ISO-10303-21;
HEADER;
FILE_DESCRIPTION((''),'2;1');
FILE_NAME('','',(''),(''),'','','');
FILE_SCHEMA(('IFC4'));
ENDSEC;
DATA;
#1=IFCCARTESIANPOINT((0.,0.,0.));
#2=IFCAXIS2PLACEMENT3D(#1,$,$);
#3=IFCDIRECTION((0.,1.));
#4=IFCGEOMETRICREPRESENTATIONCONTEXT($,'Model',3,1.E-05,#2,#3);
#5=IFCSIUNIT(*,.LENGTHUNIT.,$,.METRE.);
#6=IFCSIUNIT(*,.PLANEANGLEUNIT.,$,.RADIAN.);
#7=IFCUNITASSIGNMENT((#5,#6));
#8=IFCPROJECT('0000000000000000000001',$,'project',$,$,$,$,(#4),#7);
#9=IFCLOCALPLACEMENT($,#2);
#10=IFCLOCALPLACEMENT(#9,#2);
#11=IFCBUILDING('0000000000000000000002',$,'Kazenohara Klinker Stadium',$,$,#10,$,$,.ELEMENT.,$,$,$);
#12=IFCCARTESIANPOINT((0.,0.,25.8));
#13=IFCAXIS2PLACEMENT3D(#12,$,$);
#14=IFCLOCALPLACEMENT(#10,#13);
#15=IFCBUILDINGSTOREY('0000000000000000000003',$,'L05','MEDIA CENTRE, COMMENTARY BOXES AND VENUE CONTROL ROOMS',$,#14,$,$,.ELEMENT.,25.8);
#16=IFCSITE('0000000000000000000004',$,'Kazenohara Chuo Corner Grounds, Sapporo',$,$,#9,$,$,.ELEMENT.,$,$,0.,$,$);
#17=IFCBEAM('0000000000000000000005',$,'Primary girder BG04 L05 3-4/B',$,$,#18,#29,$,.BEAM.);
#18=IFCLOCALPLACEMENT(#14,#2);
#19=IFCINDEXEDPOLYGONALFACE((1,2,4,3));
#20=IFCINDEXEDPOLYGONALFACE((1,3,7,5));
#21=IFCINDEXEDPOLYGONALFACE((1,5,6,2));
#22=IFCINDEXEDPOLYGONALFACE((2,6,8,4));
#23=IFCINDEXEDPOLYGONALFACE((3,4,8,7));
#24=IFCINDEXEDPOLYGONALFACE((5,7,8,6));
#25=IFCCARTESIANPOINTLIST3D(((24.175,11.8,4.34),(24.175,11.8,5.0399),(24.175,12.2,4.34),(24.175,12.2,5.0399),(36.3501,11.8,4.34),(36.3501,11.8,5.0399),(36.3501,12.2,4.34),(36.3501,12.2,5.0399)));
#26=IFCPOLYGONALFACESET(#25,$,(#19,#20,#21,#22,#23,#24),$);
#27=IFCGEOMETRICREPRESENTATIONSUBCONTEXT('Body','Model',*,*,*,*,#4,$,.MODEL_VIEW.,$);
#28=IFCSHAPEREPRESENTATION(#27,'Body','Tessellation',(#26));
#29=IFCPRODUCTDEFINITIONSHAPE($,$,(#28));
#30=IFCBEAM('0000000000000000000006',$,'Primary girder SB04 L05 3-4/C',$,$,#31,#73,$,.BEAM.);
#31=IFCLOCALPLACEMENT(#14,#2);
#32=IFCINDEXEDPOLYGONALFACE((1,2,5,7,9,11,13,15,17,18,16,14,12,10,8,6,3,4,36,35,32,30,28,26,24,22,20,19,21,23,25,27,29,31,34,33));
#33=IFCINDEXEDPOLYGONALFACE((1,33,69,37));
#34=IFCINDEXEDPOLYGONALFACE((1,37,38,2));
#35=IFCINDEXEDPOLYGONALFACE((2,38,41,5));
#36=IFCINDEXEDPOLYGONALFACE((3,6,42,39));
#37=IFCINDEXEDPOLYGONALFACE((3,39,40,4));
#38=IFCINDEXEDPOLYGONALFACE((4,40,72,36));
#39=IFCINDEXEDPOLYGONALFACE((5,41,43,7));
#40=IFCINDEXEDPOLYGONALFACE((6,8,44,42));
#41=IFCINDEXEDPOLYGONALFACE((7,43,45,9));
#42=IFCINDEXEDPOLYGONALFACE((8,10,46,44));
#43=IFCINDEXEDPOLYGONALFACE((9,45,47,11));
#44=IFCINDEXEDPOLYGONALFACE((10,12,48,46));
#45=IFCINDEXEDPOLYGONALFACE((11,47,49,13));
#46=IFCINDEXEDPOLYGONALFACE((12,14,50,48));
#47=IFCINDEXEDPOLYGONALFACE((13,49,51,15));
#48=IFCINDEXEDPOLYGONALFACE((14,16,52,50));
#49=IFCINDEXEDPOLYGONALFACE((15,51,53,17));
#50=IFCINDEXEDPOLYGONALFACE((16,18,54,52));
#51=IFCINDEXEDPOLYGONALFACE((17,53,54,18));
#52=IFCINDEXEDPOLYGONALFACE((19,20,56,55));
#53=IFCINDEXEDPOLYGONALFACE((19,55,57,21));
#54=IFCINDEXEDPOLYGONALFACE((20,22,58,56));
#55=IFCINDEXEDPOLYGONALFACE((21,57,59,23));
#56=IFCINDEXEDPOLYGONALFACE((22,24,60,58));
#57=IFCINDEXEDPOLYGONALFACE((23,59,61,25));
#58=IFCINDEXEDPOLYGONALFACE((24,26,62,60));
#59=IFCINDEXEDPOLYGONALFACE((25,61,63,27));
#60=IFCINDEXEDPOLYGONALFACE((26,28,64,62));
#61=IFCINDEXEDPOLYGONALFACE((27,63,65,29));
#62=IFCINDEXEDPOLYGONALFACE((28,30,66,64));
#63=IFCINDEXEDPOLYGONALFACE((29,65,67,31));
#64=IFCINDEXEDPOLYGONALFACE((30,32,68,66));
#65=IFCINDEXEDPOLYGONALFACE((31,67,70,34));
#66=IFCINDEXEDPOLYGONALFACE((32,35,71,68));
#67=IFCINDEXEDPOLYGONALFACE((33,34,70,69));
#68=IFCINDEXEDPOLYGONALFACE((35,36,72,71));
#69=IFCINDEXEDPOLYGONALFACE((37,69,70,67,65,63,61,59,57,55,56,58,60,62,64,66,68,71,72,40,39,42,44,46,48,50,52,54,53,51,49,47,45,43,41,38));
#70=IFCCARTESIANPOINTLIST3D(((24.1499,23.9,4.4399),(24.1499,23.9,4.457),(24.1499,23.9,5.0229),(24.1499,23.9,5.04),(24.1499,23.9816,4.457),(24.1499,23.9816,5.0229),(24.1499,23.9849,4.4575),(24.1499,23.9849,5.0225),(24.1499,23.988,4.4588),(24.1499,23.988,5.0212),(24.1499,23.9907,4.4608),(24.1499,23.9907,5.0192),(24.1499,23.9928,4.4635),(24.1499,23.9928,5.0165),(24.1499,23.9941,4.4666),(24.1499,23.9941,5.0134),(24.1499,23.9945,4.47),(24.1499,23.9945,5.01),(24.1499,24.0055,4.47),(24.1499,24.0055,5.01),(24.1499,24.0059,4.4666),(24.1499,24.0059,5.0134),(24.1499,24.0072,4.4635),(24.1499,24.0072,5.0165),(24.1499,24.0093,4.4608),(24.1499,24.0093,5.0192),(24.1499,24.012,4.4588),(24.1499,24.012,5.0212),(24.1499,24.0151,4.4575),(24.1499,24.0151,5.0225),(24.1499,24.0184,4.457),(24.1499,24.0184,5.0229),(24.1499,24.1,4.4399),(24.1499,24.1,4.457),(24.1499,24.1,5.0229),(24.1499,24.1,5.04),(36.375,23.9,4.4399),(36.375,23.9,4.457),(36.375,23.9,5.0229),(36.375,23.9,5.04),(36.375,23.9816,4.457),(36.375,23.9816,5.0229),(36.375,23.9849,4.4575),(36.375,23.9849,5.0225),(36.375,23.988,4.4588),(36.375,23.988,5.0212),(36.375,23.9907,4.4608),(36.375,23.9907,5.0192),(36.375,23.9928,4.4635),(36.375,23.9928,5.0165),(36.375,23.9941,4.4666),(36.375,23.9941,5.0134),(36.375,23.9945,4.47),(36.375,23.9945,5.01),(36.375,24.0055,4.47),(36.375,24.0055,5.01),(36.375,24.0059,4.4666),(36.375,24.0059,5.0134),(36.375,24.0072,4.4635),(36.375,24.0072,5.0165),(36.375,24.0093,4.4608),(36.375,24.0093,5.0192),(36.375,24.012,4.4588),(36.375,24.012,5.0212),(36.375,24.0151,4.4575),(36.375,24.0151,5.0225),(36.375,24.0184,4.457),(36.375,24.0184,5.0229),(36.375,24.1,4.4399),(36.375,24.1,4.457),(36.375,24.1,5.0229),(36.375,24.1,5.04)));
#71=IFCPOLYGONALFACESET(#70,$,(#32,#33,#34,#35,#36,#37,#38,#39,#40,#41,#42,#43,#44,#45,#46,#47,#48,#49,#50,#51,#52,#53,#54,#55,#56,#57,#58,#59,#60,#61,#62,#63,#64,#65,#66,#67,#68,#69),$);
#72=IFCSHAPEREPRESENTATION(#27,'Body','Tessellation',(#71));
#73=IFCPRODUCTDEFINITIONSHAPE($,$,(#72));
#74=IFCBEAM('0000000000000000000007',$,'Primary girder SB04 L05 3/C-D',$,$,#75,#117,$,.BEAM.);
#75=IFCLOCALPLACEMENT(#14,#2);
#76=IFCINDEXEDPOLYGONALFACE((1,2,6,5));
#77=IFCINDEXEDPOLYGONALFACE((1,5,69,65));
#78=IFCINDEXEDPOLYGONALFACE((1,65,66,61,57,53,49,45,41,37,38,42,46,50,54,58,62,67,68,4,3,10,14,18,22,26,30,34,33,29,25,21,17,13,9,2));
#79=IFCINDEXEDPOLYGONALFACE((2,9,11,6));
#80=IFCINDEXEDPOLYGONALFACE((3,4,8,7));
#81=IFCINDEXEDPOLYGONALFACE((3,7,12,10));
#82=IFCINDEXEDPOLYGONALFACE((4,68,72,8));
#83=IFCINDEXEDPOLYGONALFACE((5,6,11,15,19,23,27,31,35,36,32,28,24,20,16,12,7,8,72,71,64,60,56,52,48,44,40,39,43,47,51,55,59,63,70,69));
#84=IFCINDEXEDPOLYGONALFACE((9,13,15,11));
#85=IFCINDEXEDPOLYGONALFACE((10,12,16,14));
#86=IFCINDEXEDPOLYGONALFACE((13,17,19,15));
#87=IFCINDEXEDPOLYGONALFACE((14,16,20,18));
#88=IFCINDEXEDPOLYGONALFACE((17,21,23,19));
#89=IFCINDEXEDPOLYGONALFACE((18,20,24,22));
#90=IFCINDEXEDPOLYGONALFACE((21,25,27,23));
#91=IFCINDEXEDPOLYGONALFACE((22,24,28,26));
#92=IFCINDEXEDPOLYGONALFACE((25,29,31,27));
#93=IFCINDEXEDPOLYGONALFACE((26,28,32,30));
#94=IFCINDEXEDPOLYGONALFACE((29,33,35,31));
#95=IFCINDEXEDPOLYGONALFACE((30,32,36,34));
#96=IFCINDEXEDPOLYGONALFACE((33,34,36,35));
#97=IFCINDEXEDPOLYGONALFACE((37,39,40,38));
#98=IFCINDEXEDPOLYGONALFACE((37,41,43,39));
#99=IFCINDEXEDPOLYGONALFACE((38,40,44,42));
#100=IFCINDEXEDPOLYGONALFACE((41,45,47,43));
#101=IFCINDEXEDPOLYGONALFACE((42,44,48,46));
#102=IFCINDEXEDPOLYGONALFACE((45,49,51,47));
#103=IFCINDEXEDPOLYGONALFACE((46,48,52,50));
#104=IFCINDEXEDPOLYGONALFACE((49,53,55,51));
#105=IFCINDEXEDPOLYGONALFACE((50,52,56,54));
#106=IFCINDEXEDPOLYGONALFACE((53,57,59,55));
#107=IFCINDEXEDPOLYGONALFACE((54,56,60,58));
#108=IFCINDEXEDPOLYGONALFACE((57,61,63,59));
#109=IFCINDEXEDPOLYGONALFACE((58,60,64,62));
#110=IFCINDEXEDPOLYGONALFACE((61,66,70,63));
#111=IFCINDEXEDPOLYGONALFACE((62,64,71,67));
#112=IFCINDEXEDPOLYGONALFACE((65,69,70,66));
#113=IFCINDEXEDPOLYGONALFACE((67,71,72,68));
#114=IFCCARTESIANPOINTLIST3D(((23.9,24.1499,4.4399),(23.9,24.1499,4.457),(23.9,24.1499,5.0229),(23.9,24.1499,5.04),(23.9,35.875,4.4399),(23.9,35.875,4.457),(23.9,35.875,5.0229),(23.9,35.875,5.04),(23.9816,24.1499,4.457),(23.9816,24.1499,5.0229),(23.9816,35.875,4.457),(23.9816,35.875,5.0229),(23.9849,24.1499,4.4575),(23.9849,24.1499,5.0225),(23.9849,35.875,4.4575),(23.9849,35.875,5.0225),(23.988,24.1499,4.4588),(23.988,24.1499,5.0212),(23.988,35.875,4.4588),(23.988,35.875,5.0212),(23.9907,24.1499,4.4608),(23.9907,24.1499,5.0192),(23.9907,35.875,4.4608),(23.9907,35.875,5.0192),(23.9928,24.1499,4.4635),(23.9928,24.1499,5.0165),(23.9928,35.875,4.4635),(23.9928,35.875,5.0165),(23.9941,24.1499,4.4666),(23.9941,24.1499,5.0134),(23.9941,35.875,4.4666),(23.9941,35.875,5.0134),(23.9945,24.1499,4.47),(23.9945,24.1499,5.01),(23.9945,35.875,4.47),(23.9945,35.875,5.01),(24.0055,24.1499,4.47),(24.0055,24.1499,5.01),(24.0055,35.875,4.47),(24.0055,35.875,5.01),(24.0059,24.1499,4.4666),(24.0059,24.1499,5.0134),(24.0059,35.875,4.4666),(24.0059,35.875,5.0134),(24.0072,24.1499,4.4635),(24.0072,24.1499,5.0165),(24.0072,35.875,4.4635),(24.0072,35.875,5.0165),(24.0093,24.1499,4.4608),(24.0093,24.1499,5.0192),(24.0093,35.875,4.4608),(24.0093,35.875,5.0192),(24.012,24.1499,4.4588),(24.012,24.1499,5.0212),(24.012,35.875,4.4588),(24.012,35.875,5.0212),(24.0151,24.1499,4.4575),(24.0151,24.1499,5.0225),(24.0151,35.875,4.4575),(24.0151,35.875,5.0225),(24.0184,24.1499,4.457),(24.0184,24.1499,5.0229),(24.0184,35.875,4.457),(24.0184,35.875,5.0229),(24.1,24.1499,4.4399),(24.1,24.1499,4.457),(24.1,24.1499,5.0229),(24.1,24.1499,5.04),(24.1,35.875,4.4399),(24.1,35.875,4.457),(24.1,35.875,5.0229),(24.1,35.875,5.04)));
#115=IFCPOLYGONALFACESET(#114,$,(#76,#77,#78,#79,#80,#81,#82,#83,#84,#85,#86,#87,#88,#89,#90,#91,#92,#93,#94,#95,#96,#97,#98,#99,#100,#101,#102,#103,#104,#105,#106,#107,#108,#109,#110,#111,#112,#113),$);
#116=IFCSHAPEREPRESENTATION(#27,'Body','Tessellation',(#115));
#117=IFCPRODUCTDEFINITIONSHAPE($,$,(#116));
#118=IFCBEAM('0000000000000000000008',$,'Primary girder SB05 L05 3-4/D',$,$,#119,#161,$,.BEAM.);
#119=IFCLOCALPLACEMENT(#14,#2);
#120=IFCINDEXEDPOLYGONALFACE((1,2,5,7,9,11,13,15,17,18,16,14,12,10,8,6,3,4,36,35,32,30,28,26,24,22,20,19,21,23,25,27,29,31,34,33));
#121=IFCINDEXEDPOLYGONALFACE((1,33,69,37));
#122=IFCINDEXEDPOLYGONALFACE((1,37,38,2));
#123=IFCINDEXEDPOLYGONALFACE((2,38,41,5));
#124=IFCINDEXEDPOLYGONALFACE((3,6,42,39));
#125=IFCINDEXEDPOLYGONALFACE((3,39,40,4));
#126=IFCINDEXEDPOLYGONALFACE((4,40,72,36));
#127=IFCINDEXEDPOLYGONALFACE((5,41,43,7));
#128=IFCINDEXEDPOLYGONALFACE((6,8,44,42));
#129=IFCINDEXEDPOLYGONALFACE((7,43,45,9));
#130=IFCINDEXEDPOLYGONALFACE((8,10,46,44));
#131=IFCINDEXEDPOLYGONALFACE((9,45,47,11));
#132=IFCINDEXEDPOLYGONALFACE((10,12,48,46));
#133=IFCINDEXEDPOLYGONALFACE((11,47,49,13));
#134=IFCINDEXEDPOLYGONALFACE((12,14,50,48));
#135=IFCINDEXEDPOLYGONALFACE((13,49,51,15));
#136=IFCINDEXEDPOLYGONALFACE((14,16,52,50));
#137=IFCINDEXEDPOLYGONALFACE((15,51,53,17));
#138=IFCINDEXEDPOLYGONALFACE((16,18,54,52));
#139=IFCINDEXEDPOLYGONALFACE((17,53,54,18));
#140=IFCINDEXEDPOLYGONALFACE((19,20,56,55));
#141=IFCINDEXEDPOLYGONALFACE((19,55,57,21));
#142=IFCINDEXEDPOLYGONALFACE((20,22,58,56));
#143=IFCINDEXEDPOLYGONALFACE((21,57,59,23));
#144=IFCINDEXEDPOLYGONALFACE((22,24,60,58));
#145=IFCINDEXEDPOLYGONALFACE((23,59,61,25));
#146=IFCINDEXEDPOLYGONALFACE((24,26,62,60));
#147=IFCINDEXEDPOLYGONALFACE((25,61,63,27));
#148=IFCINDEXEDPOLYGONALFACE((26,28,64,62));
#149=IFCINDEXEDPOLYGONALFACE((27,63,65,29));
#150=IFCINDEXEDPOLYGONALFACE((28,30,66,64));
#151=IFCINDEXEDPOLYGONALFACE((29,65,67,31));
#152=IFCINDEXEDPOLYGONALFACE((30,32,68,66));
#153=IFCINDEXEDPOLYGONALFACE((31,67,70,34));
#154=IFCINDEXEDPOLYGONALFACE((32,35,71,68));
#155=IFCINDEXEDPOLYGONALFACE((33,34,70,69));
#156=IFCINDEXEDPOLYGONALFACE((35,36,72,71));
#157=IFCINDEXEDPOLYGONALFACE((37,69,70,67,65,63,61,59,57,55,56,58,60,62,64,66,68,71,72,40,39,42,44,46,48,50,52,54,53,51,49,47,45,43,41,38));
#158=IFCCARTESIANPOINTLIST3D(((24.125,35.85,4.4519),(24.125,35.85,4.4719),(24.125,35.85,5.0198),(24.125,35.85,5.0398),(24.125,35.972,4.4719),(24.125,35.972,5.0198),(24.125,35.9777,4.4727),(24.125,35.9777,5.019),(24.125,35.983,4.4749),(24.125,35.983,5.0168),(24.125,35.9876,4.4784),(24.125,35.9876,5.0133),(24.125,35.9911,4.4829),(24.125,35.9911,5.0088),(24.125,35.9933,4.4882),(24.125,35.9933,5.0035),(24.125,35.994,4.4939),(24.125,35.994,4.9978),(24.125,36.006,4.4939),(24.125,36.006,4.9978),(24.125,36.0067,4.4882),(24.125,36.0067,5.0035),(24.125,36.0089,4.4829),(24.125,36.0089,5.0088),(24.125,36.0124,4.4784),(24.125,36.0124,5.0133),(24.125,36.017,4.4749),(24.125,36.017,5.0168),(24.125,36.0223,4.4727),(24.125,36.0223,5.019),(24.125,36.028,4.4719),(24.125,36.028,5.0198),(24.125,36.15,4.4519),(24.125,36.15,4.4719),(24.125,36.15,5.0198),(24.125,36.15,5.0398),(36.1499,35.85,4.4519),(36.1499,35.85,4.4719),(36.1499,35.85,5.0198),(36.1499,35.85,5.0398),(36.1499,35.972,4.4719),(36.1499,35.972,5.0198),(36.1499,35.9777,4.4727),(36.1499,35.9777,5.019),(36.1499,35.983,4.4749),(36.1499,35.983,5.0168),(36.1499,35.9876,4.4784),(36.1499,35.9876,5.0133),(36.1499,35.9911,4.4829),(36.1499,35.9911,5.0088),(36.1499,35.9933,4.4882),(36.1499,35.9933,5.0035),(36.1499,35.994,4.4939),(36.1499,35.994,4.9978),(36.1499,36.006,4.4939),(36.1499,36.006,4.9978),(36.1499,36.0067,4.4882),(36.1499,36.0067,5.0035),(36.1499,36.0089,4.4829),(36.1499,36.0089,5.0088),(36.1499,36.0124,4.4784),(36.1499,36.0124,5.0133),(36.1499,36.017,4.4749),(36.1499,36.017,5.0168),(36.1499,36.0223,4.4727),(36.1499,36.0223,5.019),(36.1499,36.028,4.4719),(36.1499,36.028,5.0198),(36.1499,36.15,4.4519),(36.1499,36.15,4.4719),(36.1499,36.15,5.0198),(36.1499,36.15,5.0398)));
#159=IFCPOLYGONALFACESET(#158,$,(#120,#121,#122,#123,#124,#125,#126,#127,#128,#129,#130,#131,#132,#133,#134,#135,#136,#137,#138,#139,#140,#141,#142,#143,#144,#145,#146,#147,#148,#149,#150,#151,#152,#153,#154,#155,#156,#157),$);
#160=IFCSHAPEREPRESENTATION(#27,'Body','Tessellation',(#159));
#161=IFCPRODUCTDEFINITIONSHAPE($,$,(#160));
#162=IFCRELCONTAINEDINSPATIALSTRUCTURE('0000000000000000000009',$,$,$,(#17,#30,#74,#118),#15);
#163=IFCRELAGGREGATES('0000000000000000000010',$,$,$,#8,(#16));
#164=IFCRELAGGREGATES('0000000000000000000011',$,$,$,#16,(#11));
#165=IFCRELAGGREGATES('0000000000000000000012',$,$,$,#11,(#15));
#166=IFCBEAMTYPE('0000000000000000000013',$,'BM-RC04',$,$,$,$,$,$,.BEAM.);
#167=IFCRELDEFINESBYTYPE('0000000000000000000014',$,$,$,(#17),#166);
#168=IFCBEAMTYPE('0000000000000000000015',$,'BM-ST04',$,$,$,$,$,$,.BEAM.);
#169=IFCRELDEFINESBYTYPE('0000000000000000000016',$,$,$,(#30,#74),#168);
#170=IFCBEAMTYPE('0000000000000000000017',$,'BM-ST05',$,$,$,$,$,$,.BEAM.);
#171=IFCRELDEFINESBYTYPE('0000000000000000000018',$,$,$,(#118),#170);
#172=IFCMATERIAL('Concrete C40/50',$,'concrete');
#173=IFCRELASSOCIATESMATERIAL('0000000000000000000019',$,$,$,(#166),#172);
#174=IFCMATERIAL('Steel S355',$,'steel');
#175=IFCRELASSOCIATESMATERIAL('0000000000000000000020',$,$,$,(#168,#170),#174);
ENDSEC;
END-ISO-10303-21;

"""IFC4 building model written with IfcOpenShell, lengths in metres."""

from ifc_helpers import new_model, si_unit, direction, frame, origin, origin_2d, place, context, subcontext, project, spatial, rectangle, i_section, extrude, material, material_profile, profile_set, type_object, element, save


model = new_model("IFC4")

# Units and contexts
model_context = context("Model", 3, precision=1e-05, world=origin(), true_north=direction((0.0, 1.0)))
body_context = subcontext(model_context, "Body", "Model", "MODEL_VIEW")
ifc_project = project(units=[si_unit("LENGTHUNIT", "METRE"), si_unit("PLANEANGLEUNIT", "RADIAN")], contexts=[model_context])

# Site, building, storey
site_placement = place(None, origin())
site = spatial("IfcSite", under=ifc_project, at=site_placement, Name="Kazenohara Chuo Corner Grounds, Sapporo", CompositionType="ELEMENT", RefElevation=0.0)
building_placement = place(site_placement, origin())
building = spatial("IfcBuilding", under=site, at=building_placement, Name="Kazenohara Klinker Stadium", CompositionType="ELEMENT")
storey_placement = place(building_placement, frame((0.0, 0.0, 25.8)))
storey = spatial("IfcBuildingStorey", under=building, at=storey_placement, Name="L05", Description="MEDIA CENTRE, COMMENTARY BOXES AND VENUE CONTROL ROOMS", CompositionType="ELEMENT", Elevation=25.8)

# Shared definitions
ifc_material_1 = material(Name="Steel S355", Category="steel")

# Beams
ifc_material_2 = material(Name="Concrete C40/50", Category="concrete")
ifc_material_profile_1 = material_profile(ifc_material_2, rectangle(XDim=0.3999, YDim=0.7, at=origin_2d()), Name="RC-BM-400x700")
ifc_profile_set_1 = profile_set([ifc_material_profile_1], Name="Concrete C40/50")
beam_type_1 = type_object("IfcBeamType", Name="BM-RC04", PredefinedType="BEAM", material=ifc_profile_set_1)
beam_1_placement = place(storey_placement, frame((24.175, 12.0, 4.6899), z_axis=(1.0, 0.0, 0.0), x_axis=(0.0, 1.0, 0.0)))
element("IfcBeam", 1, at=beam_1_placement, inside=storey, type_object=beam_type_1, Name="Primary girder BG04 L05 3-4/B", PredefinedType="BEAM", context=body_context, shape_type="SweptSolid", body=[
    extrude(rectangle(XDim=0.3999, YDim=0.7, at=origin_2d()), origin(), (0.0, 0.0, 1.0), 12.175),
])
ifc_material_profile_2 = material_profile(ifc_material_1, i_section(OverallWidth=0.2, OverallDepth=0.6001, WebThickness=0.011, FlangeThickness=0.0171, FilletRadius=0.0129, at=origin_2d()), Name="H-600x200x11x17")
ifc_profile_set_2 = profile_set([ifc_material_profile_2], Name="Steel S355")
beam_type_2 = type_object("IfcBeamType", Name="BM-ST04", PredefinedType="BEAM", material=ifc_profile_set_2)
beam_2_placement = place(storey_placement, frame((24.1499, 24.0, 4.74), z_axis=(1.0, 0.0, 0.0), x_axis=(0.0, 1.0, 0.0)))
element("IfcBeam", 2, at=beam_2_placement, inside=storey, type_object=beam_type_2, Name="Primary girder SB04 L05 3-4/C", PredefinedType="BEAM", context=body_context, shape_type="SweptSolid", body=[
    extrude(i_section(OverallWidth=0.2, OverallDepth=0.6001, WebThickness=0.011, FlangeThickness=0.0171, FilletRadius=0.0129, at=origin_2d()), origin(), (0.0, 0.0, 1.0), 12.2251),
])
beam_3_placement = place(storey_placement, frame((24.0, 24.1499, 4.74), z_axis=(0.0, 1.0, 0.0), x_axis=(-1.0, 0.0, 0.0)))
element("IfcBeam", 3, at=beam_3_placement, inside=storey, type_object=beam_type_2, Name="Primary girder SB04 L05 3/C-D", PredefinedType="BEAM", context=body_context, shape_type="SweptSolid", body=[
    extrude(i_section(OverallWidth=0.2, OverallDepth=0.6001, WebThickness=0.011, FlangeThickness=0.0171, FilletRadius=0.0129, at=origin_2d()), origin(), (0.0, 0.0, 1.0), 11.7251),
])
ifc_material_profile_3 = material_profile(ifc_material_1, i_section(OverallWidth=0.3, OverallDepth=0.5879, WebThickness=0.012, FlangeThickness=0.02, FilletRadius=0.022, at=origin_2d()), Name="H-588x300x12x20")
ifc_profile_set_3 = profile_set([ifc_material_profile_3], Name="Steel S355")
beam_type_3 = type_object("IfcBeamType", Name="BM-ST05", PredefinedType="BEAM", material=ifc_profile_set_3)
beam_4_placement = place(storey_placement, frame((24.125, 36.0, 4.7458), z_axis=(1.0, 0.0, 0.0), x_axis=(0.0, 1.0, 0.0)))
element("IfcBeam", 4, at=beam_4_placement, inside=storey, type_object=beam_type_3, Name="Primary girder SB05 L05 3-4/D", PredefinedType="BEAM", context=body_context, shape_type="SweptSolid", body=[
    extrude(i_section(OverallWidth=0.3, OverallDepth=0.5879, WebThickness=0.012, FlangeThickness=0.02, FilletRadius=0.022, at=origin_2d()), origin(), (0.0, 0.0, 1.0), 12.0249),
])

save(model, "model.ifc")
